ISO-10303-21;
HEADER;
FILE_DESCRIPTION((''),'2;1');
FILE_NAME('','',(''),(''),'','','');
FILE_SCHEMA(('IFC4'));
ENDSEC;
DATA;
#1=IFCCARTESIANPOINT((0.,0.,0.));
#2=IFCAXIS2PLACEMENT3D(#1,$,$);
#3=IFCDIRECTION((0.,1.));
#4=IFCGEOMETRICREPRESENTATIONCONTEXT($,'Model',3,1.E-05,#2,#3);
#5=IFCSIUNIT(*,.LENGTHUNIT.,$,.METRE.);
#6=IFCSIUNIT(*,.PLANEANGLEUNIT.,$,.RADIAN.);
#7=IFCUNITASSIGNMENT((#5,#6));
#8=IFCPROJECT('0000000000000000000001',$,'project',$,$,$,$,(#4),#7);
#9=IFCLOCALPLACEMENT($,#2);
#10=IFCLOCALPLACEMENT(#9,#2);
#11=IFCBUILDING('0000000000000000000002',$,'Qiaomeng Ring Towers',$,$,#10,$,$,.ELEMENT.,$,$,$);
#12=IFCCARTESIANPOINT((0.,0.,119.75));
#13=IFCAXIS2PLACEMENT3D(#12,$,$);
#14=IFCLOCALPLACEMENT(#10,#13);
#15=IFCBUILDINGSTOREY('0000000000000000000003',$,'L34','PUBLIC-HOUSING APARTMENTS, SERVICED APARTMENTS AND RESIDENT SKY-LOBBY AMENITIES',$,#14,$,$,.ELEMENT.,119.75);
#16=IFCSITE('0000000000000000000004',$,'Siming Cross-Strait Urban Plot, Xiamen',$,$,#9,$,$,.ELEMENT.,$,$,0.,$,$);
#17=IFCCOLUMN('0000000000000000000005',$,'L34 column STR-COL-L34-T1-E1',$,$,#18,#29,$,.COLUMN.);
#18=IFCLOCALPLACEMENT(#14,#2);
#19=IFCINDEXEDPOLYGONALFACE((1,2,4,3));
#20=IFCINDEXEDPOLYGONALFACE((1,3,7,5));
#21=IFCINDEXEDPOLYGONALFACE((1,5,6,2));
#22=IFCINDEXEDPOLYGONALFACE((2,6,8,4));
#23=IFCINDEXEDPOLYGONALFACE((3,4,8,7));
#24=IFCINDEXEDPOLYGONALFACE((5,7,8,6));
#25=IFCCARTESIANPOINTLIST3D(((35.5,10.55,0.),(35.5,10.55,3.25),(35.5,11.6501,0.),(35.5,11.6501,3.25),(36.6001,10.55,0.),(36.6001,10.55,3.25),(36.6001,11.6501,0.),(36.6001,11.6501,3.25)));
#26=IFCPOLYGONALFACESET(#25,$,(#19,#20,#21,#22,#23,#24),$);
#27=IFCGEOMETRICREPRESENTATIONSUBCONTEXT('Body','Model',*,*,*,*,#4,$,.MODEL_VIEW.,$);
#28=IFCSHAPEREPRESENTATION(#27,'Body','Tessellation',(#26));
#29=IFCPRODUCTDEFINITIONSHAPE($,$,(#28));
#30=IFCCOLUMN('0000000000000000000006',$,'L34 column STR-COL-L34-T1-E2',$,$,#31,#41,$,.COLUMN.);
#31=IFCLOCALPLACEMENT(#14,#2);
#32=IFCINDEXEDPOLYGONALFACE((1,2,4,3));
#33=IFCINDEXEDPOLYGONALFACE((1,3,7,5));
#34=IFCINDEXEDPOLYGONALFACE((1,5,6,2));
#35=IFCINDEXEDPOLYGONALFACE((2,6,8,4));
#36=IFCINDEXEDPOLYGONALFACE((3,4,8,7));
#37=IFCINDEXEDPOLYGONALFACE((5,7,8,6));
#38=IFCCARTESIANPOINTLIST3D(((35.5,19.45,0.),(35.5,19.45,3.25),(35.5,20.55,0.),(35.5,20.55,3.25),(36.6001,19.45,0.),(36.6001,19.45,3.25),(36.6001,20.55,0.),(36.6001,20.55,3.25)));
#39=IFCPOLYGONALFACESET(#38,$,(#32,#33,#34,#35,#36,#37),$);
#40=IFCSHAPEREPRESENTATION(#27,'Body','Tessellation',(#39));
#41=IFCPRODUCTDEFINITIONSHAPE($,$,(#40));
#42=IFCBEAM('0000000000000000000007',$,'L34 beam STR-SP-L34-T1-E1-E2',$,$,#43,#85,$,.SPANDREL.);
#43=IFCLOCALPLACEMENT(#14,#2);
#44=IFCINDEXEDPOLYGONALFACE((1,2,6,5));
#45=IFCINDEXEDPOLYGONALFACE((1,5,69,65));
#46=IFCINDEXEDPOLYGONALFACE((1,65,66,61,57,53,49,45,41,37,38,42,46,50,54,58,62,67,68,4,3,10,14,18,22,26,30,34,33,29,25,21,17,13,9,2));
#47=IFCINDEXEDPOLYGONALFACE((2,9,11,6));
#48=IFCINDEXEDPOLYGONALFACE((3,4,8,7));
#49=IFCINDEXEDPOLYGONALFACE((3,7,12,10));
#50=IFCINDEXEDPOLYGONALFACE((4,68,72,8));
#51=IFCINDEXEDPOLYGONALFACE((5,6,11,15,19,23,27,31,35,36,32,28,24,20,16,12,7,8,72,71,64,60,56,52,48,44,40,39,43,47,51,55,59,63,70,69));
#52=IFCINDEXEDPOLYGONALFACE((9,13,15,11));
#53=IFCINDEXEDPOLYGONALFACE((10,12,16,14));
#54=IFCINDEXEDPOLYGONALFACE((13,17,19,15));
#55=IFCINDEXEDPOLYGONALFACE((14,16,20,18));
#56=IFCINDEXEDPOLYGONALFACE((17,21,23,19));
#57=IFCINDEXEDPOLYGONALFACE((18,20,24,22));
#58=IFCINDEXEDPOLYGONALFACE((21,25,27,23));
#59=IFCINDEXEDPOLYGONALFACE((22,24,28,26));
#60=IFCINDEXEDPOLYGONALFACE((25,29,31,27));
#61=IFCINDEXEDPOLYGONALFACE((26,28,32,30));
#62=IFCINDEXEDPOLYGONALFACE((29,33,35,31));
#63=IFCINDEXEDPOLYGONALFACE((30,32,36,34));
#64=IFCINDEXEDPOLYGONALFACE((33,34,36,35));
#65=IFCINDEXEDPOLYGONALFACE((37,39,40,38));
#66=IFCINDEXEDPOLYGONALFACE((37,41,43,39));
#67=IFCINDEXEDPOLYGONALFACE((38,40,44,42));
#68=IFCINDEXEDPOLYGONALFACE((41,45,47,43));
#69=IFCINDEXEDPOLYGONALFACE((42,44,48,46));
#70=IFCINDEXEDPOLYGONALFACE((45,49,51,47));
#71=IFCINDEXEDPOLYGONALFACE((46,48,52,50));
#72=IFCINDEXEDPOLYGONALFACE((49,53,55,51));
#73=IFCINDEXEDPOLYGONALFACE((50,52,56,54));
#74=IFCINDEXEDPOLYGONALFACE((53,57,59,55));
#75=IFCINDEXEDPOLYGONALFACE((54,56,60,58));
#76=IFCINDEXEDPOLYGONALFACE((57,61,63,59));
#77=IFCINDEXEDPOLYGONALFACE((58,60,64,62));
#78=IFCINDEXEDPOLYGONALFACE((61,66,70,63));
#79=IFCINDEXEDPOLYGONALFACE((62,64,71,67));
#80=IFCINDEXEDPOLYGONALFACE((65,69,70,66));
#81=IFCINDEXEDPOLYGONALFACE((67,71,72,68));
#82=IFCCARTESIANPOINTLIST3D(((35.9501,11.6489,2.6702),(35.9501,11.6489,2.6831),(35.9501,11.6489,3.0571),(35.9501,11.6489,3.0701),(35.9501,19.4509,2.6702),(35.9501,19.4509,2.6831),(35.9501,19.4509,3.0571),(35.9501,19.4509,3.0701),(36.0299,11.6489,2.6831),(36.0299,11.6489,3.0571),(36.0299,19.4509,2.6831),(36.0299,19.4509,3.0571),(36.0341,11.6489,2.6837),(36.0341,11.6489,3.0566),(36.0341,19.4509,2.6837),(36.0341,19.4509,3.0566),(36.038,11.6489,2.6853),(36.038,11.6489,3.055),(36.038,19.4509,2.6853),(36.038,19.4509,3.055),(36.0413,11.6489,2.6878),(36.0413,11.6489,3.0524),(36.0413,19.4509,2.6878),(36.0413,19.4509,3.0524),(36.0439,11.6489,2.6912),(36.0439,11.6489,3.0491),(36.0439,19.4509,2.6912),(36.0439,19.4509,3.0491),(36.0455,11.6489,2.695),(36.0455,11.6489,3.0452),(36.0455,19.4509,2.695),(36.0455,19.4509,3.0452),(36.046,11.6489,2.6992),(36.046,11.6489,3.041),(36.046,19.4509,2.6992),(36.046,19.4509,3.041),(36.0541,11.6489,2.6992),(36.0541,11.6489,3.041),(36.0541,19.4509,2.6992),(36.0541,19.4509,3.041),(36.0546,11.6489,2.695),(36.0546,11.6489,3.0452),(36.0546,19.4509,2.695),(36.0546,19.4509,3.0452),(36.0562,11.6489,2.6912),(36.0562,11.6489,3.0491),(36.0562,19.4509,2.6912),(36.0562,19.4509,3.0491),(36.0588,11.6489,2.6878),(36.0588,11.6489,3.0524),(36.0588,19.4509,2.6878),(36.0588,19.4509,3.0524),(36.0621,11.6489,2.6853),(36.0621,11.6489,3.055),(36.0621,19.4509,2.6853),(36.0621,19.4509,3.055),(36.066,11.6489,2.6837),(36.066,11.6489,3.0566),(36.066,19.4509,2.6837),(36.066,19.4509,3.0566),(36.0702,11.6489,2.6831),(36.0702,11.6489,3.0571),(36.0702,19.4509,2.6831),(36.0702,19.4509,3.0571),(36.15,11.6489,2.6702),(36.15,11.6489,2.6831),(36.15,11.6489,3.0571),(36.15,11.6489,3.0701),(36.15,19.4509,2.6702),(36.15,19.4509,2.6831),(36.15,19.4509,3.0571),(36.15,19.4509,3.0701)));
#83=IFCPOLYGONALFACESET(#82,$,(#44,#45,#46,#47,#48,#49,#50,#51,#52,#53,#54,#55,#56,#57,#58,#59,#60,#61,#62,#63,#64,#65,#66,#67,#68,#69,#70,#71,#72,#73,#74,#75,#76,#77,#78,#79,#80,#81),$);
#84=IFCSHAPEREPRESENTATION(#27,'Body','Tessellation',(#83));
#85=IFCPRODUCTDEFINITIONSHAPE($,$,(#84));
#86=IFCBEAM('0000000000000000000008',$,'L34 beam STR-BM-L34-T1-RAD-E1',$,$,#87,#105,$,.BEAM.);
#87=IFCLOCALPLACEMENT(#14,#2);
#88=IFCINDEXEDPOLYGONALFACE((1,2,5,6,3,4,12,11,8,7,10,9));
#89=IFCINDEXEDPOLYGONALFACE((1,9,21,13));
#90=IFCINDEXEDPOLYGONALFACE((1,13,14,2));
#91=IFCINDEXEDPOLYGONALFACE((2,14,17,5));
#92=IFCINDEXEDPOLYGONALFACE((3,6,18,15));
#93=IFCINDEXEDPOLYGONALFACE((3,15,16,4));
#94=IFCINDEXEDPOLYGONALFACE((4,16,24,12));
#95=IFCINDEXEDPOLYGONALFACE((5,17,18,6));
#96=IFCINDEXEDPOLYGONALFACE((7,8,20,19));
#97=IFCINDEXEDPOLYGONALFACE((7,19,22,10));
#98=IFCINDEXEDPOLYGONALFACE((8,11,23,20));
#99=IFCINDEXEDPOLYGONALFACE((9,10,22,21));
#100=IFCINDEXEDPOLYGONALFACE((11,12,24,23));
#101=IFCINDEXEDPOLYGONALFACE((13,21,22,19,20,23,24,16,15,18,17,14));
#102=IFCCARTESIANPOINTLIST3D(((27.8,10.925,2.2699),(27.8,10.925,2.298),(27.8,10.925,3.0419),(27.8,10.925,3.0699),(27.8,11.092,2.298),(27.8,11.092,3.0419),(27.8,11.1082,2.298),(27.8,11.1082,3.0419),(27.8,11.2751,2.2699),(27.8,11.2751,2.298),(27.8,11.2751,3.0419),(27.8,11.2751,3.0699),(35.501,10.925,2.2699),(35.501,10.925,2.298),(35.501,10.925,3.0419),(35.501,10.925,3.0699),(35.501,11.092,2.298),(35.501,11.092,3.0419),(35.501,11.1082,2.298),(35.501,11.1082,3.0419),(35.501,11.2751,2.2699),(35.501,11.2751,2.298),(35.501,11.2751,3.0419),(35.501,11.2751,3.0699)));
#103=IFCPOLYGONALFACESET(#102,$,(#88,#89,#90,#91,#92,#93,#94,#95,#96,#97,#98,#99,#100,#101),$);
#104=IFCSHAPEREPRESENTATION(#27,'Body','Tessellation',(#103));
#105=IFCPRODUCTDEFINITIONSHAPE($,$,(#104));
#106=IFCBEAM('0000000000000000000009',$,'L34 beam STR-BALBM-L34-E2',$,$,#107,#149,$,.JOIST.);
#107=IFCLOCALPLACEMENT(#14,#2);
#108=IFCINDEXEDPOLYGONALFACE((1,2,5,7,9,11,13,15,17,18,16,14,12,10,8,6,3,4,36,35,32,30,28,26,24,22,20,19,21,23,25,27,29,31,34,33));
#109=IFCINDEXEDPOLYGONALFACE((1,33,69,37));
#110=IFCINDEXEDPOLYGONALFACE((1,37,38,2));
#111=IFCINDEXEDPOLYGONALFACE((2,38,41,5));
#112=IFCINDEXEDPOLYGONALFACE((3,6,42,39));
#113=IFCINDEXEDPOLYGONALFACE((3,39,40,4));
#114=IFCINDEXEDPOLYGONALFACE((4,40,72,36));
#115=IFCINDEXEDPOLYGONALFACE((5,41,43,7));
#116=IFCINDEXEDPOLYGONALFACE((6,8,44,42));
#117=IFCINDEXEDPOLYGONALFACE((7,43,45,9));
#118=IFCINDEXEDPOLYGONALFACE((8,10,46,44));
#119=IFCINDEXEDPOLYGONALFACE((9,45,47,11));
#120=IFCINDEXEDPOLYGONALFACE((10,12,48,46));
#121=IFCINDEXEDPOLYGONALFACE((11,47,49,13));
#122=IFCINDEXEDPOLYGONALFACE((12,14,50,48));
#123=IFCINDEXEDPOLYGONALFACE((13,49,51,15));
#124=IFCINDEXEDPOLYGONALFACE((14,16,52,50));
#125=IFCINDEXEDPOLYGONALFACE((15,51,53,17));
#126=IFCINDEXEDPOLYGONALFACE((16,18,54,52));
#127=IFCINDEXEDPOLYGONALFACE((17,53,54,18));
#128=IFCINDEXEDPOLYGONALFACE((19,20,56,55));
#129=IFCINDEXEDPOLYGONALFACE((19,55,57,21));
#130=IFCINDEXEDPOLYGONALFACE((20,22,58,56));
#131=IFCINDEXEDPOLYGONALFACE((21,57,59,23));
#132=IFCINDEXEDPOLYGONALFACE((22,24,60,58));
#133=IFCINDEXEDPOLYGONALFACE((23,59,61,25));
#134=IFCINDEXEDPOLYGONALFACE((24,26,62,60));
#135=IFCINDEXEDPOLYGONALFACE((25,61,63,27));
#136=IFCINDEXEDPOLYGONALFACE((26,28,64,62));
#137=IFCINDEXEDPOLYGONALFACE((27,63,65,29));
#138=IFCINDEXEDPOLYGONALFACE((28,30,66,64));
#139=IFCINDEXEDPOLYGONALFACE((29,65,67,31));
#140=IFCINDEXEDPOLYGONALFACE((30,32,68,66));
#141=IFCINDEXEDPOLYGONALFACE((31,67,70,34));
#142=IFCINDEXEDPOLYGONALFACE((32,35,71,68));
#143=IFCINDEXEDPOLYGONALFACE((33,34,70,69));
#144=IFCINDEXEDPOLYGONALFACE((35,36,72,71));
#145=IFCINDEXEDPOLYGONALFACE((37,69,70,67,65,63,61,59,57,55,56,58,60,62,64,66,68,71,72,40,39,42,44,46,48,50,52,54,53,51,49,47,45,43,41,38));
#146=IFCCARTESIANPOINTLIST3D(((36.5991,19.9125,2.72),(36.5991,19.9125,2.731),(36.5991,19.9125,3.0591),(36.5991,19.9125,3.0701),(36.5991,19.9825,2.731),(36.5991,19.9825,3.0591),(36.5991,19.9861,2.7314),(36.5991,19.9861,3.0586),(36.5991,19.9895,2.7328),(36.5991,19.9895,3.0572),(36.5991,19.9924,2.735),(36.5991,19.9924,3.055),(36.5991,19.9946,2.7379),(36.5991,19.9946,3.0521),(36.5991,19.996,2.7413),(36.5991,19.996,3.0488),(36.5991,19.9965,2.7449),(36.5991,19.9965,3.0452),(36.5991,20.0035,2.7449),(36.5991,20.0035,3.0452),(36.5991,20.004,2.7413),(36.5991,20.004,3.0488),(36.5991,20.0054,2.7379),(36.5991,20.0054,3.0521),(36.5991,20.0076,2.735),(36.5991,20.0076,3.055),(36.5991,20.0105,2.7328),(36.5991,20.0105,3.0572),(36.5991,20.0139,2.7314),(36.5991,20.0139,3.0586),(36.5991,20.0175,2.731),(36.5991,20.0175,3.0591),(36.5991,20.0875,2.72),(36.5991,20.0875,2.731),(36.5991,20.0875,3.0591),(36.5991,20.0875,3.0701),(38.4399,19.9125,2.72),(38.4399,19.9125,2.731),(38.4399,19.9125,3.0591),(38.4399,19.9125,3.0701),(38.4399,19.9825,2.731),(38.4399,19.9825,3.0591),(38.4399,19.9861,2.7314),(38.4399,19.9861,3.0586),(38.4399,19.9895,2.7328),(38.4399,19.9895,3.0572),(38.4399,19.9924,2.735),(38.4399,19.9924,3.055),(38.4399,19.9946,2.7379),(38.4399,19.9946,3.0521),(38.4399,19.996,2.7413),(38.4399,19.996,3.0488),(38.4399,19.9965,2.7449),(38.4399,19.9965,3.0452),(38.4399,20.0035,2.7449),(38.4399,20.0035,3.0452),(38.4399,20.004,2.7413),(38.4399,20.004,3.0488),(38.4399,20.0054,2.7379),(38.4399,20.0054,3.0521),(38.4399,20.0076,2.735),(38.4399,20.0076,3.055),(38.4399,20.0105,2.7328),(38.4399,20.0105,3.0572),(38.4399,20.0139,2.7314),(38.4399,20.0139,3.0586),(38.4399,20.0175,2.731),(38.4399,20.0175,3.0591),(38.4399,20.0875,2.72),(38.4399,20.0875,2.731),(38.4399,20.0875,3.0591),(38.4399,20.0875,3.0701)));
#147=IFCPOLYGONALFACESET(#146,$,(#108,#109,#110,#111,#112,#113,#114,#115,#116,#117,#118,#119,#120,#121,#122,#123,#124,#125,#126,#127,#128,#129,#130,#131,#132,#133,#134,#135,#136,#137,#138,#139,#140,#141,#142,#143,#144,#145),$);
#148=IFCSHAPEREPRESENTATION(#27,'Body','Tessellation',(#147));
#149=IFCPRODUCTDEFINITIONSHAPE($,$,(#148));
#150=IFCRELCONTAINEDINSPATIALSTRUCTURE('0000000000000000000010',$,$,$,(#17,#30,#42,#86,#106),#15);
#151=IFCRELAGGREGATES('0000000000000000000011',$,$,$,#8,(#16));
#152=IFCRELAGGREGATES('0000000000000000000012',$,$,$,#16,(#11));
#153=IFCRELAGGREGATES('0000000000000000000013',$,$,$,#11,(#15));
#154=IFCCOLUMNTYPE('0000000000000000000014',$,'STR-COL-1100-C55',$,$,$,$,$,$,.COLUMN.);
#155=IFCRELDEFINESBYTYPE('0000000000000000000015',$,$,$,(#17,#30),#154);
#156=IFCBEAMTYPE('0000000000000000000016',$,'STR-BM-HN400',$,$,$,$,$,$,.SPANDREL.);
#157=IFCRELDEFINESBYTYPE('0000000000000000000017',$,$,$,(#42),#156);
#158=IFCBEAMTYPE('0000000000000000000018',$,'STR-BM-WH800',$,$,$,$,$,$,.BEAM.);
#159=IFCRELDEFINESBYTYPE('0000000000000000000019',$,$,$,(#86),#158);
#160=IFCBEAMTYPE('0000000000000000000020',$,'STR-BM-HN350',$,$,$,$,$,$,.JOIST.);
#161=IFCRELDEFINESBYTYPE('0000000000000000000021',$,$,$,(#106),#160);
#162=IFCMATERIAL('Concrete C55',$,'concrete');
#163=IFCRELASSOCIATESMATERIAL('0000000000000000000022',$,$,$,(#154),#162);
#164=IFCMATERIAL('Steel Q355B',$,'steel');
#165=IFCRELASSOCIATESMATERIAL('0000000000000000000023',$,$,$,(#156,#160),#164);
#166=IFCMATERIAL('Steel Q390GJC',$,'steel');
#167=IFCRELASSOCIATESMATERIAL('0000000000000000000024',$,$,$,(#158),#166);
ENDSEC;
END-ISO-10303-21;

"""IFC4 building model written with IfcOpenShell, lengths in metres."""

from ifc_helpers import new_model, si_unit, direction, frame, origin, origin_2d, place, context, subcontext, project, spatial, rectangle, i_section, extrude, source, transform, mapped, material, material_profile, profile_set, type_object, element, save


model = new_model("IFC4")

# Units and contexts
model_context = context("Model", 3, precision=1e-05, world=origin(), true_north=direction((0.0, 1.0)))
body_context = subcontext(model_context, "Body", "Model", "MODEL_VIEW")
ifc_project = project(units=[si_unit("LENGTHUNIT", "METRE"), si_unit("PLANEANGLEUNIT", "RADIAN")], contexts=[model_context])

# Site, building, storey
site_placement = place(None, origin())
site = spatial("IfcSite", under=ifc_project, at=site_placement, Name="Siming Cross-Strait Urban Plot, Xiamen", CompositionType="ELEMENT", RefElevation=0.0)
building_placement = place(site_placement, origin())
building = spatial("IfcBuilding", under=site, at=building_placement, Name="Qiaomeng Ring Towers", CompositionType="ELEMENT")
storey_placement = place(building_placement, frame((0.0, 0.0, 119.75)))
storey = spatial("IfcBuildingStorey", under=building, at=storey_placement, Name="L34", Description="PUBLIC-HOUSING APARTMENTS, SERVICED APARTMENTS AND RESIDENT SKY-LOBBY AMENITIES", CompositionType="ELEMENT", Elevation=119.75)

# Columns
ifc_material_1 = material(Name="Concrete C55", Category="concrete")
ifc_material_profile_1 = material_profile(ifc_material_1, rectangle(XDim=1.1001, YDim=1.1001, at=origin_2d()), Name="RC COL 1100x1100")
ifc_profile_set_1 = profile_set([ifc_material_profile_1], Name="Concrete C55")
column_type = type_object("IfcColumnType", Name="STR-COL-1100-C55", PredefinedType="COLUMN", material=ifc_profile_set_1)
shared_shape_1 = source(origin(), body_context, "Body", "SweptSolid", [
    extrude(rectangle(XDim=1.1001, YDim=1.1001, at=origin_2d()), origin(), (0.0, 0.0, 1.0), 3.25),
])
for number, where, z_axis, x_axis, name in (
    (1, (36.05, 11.1001, 0.0), (0.0, 0.0, 1.0), (1.0, 0.0, 0.0), "L34 column STR-COL-L34-T1-E1"),
    (2, (36.05, 20.0, 0.0), (0.0, 0.0, 1.0), (1.0, 0.0, 0.0), "L34 column STR-COL-L34-T1-E2"),
):
    element("IfcColumn", number, at=place(storey_placement, frame(where, z_axis=z_axis, x_axis=x_axis)), inside=storey, type_object=column_type, Name=name, PredefinedType="COLUMN", context=body_context, shape_type="MappedRepresentation", body=[
        mapped(shared_shape_1, transform((0.0, 0.0, 0.0), x_axis=(1.0, 0.0, 0.0), y_axis=(0.0, 1.0, 0.0), z_axis=(0.0, 0.0, 1.0), scale=1.0)),
    ])

# Beams
ifc_material_2 = material(Name="Steel Q355B", Category="steel")
ifc_material_profile_2 = material_profile(ifc_material_2, i_section(OverallWidth=0.2, OverallDepth=0.3999, WebThickness=0.0081, FlangeThickness=0.0129, FilletRadius=0.0161, at=origin_2d()), Name="HN 400x200x8x13")
ifc_profile_set_2 = profile_set([ifc_material_profile_2], Name="Steel Q355B")
beam_type_1 = type_object("IfcBeamType", Name="STR-BM-HN400", PredefinedType="SPANDREL", material=ifc_profile_set_2)
shared_shape_2 = source(origin(), body_context, "Body", "SweptSolid", [
    extrude(i_section(OverallWidth=0.2, OverallDepth=0.3999, WebThickness=0.0081, FlangeThickness=0.0129, FilletRadius=0.0161, at=origin_2d()), origin(), (0.0, 0.0, 1.0), 7.802),
])
beam_1_placement = place(storey_placement, frame((36.05, 11.6489, 2.8701), z_axis=(0.0, 1.0, 0.0), x_axis=(-1.0, 0.0, 0.0)))
element("IfcBeam", 3, at=beam_1_placement, inside=storey, type_object=beam_type_1, Name="L34 beam STR-SP-L34-T1-E1-E2", PredefinedType="SPANDREL", context=body_context, shape_type="MappedRepresentation", body=[
    mapped(shared_shape_2, transform((0.0, 0.0, 0.0), x_axis=(1.0, 0.0, 0.0), y_axis=(0.0, 1.0, 0.0), z_axis=(0.0, 0.0, 1.0), scale=1.0)),
])
ifc_material_3 = material(Name="Steel Q390GJC", Category="steel")
ifc_material_profile_3 = material_profile(ifc_material_3, i_section(OverallWidth=0.3501, OverallDepth=0.8, WebThickness=0.0161, FlangeThickness=0.0281, at=origin_2d()), Name="WH 800x350x16x28")
ifc_profile_set_3 = profile_set([ifc_material_profile_3], Name="Steel Q390GJC")
beam_type_2 = type_object("IfcBeamType", Name="STR-BM-WH800", PredefinedType="BEAM", material=ifc_profile_set_3)
shared_shape_3 = source(origin(), body_context, "Body", "SweptSolid", [
    extrude(i_section(OverallWidth=0.3501, OverallDepth=0.8, WebThickness=0.0161, FlangeThickness=0.0281, at=origin_2d()), origin(), (0.0, 0.0, 1.0), 7.7009),
])
beam_2_placement = place(storey_placement, frame((27.8, 11.1001, 2.6699), z_axis=(1.0, 0.0, 0.0), x_axis=(0.0, 1.0, 0.0)))
element("IfcBeam", 4, at=beam_2_placement, inside=storey, type_object=beam_type_2, Name="L34 beam STR-BM-L34-T1-RAD-E1", PredefinedType="BEAM", context=body_context, shape_type="MappedRepresentation", body=[
    mapped(shared_shape_3, transform((0.0, 0.0, 0.0), x_axis=(1.0, 0.0, 0.0), y_axis=(0.0, 1.0, 0.0), z_axis=(0.0, 0.0, 1.0), scale=1.0)),
])
ifc_material_profile_4 = material_profile(ifc_material_2, i_section(OverallWidth=0.175, OverallDepth=0.3501, WebThickness=0.0071, FlangeThickness=0.011, FilletRadius=0.0139, at=origin_2d()), Name="HN 350x175x7x11")
ifc_profile_set_4 = profile_set([ifc_material_profile_4], Name="Steel Q355B")
beam_type_3 = type_object("IfcBeamType", Name="STR-BM-HN350", PredefinedType="JOIST", material=ifc_profile_set_4)
shared_shape_4 = source(origin(), body_context, "Body", "SweptSolid", [
    extrude(i_section(OverallWidth=0.175, OverallDepth=0.3501, WebThickness=0.0071, FlangeThickness=0.011, FilletRadius=0.0139, at=origin_2d()), origin(), (0.0, 0.0, 1.0), 1.8408),
])
beam_3_placement = place(storey_placement, frame((36.5991, 20.0, 2.895), z_axis=(1.0, 0.0, 0.0), x_axis=(0.0, 1.0, 0.0)))
element("IfcBeam", 5, at=beam_3_placement, inside=storey, type_object=beam_type_3, Name="L34 beam STR-BALBM-L34-E2", PredefinedType="JOIST", context=body_context, shape_type="MappedRepresentation", body=[
    mapped(shared_shape_4, transform((0.0, 0.0, 0.0), x_axis=(1.0, 0.0, 0.0), y_axis=(0.0, 1.0, 0.0), z_axis=(0.0, 0.0, 1.0), scale=1.0)),
])

save(model, "model.ifc")
